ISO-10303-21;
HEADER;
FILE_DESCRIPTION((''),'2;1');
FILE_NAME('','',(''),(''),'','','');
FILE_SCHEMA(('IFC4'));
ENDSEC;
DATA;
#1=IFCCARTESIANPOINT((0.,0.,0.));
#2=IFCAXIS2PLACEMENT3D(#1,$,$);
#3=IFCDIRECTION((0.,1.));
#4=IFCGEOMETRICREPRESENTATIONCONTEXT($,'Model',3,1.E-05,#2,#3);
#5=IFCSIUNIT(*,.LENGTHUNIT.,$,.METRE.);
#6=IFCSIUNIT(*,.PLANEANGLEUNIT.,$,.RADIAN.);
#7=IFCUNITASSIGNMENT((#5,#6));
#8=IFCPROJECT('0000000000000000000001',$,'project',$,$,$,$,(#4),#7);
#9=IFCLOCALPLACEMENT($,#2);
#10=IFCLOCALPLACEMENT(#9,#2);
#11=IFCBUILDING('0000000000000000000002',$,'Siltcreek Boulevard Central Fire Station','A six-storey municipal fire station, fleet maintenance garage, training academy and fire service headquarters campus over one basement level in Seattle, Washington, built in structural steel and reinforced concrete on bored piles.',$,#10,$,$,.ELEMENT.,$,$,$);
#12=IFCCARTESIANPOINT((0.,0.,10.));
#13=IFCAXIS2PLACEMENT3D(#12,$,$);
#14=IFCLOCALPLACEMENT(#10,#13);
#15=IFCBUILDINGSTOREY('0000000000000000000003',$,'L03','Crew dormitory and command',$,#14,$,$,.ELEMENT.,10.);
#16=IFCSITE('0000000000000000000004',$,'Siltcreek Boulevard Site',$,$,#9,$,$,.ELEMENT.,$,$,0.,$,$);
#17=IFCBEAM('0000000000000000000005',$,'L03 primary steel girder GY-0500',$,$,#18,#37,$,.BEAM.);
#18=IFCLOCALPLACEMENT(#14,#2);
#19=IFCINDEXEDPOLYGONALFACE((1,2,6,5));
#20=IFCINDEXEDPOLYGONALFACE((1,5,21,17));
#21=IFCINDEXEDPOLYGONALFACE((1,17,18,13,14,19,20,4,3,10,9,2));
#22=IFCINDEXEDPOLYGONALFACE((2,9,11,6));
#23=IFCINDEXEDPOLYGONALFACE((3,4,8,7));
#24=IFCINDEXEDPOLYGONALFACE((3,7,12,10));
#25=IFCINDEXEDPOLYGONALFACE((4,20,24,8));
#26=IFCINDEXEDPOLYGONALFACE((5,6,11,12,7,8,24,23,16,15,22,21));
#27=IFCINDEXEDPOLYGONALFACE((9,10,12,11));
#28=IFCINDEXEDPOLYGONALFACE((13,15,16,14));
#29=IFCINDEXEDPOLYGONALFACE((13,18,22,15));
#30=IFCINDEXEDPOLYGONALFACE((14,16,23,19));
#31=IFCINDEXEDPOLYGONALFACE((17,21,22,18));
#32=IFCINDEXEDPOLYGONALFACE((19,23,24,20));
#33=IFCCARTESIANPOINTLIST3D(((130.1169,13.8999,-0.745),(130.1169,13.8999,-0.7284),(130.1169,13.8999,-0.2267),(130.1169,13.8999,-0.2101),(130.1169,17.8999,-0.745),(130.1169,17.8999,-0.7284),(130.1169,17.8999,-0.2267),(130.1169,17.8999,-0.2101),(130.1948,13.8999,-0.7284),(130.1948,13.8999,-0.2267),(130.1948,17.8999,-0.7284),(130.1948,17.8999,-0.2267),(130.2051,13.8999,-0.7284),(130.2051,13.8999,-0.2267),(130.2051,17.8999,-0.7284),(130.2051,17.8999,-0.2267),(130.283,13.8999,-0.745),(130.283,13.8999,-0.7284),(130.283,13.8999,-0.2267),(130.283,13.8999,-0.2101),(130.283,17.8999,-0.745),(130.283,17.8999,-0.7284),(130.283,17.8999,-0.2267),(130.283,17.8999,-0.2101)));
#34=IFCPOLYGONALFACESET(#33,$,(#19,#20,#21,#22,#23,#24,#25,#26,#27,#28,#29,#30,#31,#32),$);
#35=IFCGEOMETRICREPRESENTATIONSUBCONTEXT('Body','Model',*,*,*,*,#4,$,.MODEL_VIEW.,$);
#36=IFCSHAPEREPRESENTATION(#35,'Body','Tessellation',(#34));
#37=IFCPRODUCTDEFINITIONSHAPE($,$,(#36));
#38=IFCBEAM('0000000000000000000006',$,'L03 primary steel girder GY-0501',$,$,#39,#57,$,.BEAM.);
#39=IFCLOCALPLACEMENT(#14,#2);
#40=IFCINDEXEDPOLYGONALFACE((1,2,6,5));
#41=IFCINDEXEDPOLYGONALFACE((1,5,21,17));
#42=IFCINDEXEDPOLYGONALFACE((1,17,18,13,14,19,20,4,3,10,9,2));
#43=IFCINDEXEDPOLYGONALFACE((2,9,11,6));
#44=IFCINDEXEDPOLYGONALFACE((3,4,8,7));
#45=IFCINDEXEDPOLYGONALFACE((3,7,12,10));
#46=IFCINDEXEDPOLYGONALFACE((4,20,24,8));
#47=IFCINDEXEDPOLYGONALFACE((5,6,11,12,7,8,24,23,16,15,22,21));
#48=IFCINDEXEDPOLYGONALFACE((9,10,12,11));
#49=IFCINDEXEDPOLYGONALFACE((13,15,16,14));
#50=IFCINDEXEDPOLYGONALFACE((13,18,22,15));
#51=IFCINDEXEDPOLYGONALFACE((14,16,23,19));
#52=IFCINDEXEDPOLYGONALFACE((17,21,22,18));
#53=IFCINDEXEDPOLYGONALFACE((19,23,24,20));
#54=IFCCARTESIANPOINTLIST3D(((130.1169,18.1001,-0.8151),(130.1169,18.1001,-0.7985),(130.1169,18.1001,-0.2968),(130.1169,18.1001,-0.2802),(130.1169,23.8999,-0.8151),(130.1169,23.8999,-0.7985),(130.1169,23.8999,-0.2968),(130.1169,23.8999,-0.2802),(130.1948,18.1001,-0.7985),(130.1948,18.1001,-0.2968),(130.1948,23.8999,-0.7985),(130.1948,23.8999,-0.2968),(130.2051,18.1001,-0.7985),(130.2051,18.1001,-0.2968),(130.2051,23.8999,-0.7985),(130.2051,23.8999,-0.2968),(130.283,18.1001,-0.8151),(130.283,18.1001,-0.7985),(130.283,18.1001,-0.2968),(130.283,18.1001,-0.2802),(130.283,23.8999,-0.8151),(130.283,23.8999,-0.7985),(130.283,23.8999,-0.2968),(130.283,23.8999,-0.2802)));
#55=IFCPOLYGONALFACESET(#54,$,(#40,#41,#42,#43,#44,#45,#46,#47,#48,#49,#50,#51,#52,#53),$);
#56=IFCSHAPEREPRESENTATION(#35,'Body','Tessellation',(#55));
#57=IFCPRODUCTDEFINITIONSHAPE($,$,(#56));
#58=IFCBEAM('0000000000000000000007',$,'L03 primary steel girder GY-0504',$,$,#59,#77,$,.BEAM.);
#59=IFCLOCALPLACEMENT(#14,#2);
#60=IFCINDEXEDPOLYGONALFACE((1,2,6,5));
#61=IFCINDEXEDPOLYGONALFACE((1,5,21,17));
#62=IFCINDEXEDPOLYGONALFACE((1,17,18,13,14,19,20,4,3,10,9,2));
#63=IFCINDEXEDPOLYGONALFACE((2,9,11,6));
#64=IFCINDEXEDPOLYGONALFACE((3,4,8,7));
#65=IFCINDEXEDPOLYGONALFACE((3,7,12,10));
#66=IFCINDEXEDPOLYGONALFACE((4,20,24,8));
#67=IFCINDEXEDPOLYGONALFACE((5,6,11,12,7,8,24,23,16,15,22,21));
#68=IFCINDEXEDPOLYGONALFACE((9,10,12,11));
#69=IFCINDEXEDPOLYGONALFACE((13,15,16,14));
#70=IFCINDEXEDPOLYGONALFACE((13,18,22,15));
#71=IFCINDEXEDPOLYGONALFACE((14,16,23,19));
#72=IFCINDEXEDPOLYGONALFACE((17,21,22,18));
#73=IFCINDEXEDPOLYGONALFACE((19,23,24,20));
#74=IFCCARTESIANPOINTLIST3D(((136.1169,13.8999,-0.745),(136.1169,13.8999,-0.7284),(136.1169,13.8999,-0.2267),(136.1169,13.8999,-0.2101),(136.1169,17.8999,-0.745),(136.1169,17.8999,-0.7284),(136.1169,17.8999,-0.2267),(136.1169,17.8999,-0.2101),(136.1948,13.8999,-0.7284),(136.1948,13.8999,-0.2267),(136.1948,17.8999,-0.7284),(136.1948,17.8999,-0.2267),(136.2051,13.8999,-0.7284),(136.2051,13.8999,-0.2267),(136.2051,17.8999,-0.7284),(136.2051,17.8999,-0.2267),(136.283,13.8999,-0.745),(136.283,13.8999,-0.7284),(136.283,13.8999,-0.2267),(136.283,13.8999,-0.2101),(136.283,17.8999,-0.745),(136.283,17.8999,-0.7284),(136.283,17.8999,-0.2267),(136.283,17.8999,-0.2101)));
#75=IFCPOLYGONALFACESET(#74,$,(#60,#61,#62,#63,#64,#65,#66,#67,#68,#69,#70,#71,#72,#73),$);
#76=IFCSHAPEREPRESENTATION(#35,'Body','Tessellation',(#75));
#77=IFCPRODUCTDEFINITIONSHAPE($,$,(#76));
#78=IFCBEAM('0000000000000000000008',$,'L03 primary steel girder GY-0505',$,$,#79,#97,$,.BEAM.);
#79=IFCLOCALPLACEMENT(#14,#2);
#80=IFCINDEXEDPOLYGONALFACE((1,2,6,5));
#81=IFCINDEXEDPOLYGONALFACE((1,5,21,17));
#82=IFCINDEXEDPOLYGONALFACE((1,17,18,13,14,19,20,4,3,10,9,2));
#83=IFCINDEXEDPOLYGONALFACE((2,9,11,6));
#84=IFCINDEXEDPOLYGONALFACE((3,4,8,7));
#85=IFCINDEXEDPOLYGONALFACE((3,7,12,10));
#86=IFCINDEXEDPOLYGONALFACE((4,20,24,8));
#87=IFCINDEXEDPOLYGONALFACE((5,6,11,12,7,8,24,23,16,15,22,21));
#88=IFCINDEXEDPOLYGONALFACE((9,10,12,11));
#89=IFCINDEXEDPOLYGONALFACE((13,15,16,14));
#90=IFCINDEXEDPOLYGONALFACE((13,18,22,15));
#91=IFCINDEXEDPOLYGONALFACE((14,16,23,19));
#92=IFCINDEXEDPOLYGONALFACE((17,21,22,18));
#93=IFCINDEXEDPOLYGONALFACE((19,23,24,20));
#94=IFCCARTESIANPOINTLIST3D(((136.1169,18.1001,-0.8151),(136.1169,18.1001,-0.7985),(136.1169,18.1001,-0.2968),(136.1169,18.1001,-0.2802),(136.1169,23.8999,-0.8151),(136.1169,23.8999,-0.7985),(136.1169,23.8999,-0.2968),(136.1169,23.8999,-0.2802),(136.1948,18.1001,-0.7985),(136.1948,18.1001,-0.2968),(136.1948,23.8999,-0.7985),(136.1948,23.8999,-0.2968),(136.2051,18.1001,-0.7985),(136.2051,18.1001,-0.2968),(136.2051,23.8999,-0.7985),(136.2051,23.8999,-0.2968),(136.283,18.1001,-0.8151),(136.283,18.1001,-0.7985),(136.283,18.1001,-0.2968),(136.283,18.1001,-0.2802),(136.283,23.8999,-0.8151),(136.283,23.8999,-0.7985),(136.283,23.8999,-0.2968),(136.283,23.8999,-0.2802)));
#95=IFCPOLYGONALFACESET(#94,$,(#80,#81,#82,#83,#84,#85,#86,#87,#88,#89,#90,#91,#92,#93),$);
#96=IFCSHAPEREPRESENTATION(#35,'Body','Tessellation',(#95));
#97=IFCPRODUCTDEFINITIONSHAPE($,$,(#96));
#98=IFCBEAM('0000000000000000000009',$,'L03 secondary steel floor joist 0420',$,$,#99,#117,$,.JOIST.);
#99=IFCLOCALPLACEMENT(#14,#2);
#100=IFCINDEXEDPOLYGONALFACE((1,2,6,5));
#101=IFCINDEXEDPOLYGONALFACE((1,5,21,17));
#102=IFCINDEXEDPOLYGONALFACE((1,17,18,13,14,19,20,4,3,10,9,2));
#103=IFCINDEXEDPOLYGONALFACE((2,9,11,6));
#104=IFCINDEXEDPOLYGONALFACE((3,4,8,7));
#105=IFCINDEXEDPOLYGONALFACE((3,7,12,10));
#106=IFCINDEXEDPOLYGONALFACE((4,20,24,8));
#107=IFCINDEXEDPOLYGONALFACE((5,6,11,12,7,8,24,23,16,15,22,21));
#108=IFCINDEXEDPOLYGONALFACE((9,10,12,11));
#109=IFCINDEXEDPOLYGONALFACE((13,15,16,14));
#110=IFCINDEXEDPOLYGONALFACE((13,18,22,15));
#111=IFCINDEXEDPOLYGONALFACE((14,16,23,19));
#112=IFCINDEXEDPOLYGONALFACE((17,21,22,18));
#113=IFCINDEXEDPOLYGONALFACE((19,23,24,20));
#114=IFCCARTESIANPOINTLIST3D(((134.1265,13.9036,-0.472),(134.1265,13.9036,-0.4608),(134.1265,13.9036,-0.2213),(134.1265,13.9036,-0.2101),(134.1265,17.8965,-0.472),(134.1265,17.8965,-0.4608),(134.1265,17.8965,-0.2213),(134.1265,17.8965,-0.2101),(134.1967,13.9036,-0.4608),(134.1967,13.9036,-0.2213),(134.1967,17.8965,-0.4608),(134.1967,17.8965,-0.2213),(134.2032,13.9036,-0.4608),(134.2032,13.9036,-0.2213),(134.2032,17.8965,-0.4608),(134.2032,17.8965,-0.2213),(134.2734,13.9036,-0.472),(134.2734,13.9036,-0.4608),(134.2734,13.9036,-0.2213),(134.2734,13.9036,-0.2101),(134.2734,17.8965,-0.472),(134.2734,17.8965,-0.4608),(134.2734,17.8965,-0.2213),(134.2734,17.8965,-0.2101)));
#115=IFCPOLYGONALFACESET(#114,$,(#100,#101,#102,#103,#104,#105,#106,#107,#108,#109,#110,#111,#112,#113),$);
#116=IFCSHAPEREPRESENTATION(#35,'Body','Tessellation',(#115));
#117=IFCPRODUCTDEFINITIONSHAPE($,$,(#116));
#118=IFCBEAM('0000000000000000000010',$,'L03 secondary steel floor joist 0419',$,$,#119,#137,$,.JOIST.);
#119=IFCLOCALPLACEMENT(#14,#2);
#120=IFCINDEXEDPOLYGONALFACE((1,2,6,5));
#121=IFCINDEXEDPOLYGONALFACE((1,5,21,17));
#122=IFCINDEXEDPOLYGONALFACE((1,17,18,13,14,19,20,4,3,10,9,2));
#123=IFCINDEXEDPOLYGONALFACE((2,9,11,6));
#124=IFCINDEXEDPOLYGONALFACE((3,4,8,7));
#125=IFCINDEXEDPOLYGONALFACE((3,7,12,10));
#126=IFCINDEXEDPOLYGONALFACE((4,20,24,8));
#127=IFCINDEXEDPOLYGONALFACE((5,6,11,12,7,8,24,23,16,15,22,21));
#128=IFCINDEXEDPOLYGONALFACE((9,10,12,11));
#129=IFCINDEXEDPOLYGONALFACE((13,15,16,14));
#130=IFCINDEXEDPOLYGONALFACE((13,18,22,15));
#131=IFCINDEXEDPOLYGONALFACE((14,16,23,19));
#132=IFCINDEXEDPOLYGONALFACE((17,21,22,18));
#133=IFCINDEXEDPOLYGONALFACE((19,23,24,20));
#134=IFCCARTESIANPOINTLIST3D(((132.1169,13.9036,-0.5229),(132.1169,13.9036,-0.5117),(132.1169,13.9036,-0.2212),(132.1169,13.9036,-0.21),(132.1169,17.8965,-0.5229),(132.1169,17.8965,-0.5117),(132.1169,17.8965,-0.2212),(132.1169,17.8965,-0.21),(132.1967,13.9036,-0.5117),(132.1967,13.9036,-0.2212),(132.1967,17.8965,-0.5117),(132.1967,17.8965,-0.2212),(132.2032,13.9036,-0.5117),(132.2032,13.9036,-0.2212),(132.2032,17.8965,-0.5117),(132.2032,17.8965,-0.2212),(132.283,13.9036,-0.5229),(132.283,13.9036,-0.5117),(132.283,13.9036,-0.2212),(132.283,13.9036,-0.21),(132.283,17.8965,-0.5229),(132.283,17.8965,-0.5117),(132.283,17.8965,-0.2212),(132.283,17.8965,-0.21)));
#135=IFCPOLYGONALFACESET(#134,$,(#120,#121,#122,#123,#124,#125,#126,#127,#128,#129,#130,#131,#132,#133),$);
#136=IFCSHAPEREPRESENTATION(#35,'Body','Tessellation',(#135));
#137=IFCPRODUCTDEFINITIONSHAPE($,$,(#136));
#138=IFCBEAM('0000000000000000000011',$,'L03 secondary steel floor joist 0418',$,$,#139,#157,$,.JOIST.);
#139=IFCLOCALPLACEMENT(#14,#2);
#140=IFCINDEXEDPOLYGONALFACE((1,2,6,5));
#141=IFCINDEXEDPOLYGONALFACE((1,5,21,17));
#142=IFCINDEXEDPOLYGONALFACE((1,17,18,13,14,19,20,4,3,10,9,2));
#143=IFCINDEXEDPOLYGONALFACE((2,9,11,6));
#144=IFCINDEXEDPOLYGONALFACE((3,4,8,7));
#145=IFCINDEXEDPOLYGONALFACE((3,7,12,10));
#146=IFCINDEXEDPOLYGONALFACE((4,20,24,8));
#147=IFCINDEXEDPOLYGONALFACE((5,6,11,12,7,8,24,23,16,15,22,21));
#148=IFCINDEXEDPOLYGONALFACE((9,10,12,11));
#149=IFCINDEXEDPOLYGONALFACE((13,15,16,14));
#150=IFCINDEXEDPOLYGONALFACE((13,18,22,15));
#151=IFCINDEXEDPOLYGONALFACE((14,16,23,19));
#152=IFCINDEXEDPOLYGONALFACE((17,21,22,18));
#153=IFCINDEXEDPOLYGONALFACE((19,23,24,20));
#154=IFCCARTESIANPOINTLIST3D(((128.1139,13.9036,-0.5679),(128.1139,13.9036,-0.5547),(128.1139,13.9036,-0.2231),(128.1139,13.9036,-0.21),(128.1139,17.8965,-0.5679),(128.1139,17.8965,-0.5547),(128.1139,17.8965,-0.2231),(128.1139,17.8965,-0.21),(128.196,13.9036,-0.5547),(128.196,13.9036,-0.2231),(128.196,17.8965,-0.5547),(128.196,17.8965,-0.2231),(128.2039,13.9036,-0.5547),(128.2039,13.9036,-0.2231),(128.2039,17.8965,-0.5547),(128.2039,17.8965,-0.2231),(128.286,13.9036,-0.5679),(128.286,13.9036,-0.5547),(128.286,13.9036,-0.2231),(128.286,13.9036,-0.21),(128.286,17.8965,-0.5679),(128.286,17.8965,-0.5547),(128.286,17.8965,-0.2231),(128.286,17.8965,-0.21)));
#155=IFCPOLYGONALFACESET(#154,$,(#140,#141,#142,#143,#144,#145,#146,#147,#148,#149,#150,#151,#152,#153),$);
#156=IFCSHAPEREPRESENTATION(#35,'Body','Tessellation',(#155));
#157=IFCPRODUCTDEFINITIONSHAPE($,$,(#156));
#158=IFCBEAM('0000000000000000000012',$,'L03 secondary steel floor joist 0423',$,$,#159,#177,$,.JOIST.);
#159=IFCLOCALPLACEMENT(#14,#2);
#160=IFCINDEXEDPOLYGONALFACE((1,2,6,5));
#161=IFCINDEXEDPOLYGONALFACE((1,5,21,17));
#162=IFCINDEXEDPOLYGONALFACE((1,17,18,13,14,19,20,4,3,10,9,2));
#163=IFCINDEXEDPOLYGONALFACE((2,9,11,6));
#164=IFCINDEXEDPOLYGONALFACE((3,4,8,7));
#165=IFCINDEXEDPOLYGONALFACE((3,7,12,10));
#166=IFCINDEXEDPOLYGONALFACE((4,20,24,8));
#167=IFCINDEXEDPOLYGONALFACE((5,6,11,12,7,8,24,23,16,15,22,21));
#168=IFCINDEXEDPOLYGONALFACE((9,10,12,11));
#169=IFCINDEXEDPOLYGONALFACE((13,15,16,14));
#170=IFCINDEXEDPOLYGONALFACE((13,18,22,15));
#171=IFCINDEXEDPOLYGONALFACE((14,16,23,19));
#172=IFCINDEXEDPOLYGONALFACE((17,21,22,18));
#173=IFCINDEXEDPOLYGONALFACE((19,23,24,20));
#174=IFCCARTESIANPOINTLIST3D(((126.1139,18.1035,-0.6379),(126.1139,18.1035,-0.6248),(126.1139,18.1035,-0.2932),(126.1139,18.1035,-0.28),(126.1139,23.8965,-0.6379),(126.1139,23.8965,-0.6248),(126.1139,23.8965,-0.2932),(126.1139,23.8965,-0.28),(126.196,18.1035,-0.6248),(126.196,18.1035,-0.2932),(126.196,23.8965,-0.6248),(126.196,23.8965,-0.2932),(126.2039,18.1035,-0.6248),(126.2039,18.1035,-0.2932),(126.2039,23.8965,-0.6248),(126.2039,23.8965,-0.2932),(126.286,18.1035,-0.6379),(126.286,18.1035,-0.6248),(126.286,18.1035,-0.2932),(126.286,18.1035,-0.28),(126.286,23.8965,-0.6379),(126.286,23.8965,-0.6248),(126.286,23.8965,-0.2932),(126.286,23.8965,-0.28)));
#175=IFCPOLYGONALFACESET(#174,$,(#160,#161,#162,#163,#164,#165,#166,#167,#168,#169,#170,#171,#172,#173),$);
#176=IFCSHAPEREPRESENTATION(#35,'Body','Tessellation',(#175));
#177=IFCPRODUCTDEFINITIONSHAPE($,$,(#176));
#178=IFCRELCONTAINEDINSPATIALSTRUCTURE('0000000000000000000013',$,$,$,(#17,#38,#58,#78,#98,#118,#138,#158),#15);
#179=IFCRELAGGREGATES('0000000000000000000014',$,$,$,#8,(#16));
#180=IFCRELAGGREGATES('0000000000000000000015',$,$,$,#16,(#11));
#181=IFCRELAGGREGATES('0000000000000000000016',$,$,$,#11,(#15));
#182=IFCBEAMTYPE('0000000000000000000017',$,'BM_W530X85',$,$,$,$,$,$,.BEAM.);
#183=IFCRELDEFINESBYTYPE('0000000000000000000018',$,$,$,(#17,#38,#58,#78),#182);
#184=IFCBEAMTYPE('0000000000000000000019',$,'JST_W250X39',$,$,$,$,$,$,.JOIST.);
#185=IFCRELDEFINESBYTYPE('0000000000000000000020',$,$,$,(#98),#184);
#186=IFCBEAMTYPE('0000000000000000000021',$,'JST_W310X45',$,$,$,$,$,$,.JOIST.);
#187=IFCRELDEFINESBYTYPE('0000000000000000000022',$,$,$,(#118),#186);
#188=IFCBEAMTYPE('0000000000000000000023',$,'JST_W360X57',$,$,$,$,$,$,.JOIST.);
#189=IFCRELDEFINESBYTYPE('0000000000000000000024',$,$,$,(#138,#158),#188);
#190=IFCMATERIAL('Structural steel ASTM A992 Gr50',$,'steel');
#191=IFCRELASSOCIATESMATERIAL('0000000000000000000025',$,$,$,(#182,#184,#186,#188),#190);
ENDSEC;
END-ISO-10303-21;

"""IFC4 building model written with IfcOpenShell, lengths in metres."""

from ifc_helpers import new_model, si_unit, direction, frame, origin, origin_2d, place, context, subcontext, project, spatial, i_section, extrude, material, material_profile, profile_set, type_object, element, save


model = new_model("IFC4")

# Units and contexts
model_context = context("Model", 3, precision=1e-05, world=origin(), true_north=direction((0.0, 1.0)))
body_context = subcontext(model_context, "Body", "Model", "MODEL_VIEW")
ifc_project = project(units=[si_unit("LENGTHUNIT", "METRE"), si_unit("PLANEANGLEUNIT", "RADIAN")], contexts=[model_context])

# Site, building, storey
site_placement = place(None, origin())
site = spatial("IfcSite", under=ifc_project, at=site_placement, Name="Siltcreek Boulevard Site", CompositionType="ELEMENT", RefElevation=0.0)
building_placement = place(site_placement, origin())
building = spatial("IfcBuilding", under=site, at=building_placement, Name="Siltcreek Boulevard Central Fire Station", Description="A six-storey municipal fire station, fleet maintenance garage, training academy and fire service headquarters campus over one basement level in Seattle, Washington, built in structural steel and reinforced concrete on bored piles.", CompositionType="ELEMENT")
storey_placement = place(building_placement, frame((0.0, 0.0, 10.0)))
storey = spatial("IfcBuildingStorey", under=building, at=storey_placement, Name="L03", Description="Crew dormitory and command", CompositionType="ELEMENT", Elevation=10.0)

# Shared definitions
ifc_material_1 = material(Name="Structural steel ASTM A992 Gr50", Category="steel")

# Beams
ifc_material_profile_1 = material_profile(ifc_material_1, i_section(OverallWidth=0.166, OverallDepth=0.5349, WebThickness=0.0103, FlangeThickness=0.0166, at=origin_2d()), Name="W530X85")
ifc_profile_set_1 = profile_set([ifc_material_profile_1], Name="Structural steel ASTM A992 Gr50")
beam_type_1 = type_object("IfcBeamType", Name="BM_W530X85", PredefinedType="BEAM", material=ifc_profile_set_1)
for number, where, z_axis, x_axis, name in (
    (1, (130.2, 13.8999, -0.4775), (0.0, 1.0, 0.0), (-1.0, 0.0, 0.0), "L03 primary steel girder GY-0500"),
):
    element("IfcBeam", number, at=place(storey_placement, frame(where, z_axis=z_axis, x_axis=x_axis)), inside=storey, type_object=beam_type_1, Name=name, PredefinedType="BEAM", context=body_context, shape_type="SweptSolid", body=[
        extrude(i_section(OverallWidth=0.166, OverallDepth=0.5349, WebThickness=0.0103, FlangeThickness=0.0166, at=origin_2d()), origin(), (0.0, 0.0, 1.0), 4.0),
    ])
beam_1_placement = place(storey_placement, frame((130.2, 18.1001, -0.5476), z_axis=(0.0, 1.0, 0.0), x_axis=(-1.0, 0.0, 0.0)))
element("IfcBeam", 2, at=beam_1_placement, inside=storey, type_object=beam_type_1, Name="L03 primary steel girder GY-0501", PredefinedType="BEAM", context=body_context, shape_type="SweptSolid", body=[
    extrude(i_section(OverallWidth=0.166, OverallDepth=0.5349, WebThickness=0.0103, FlangeThickness=0.0166, at=origin_2d()), origin(), (0.0, 0.0, 1.0), 5.7998),
])
beam_2_placement = place(storey_placement, frame((136.2, 13.8999, -0.4775), z_axis=(0.0, 1.0, 0.0), x_axis=(-1.0, 0.0, 0.0)))
element("IfcBeam", 3, at=beam_2_placement, inside=storey, type_object=beam_type_1, Name="L03 primary steel girder GY-0504", PredefinedType="BEAM", context=body_context, shape_type="SweptSolid", body=[
    extrude(i_section(OverallWidth=0.166, OverallDepth=0.5349, WebThickness=0.0103, FlangeThickness=0.0166, at=origin_2d()), origin(), (0.0, 0.0, 1.0), 4.0),
])
beam_3_placement = place(storey_placement, frame((136.2, 18.1001, -0.5476), z_axis=(0.0, 1.0, 0.0), x_axis=(-1.0, 0.0, 0.0)))
element("IfcBeam", 4, at=beam_3_placement, inside=storey, type_object=beam_type_1, Name="L03 primary steel girder GY-0505", PredefinedType="BEAM", context=body_context, shape_type="SweptSolid", body=[
    extrude(i_section(OverallWidth=0.166, OverallDepth=0.5349, WebThickness=0.0103, FlangeThickness=0.0166, at=origin_2d()), origin(), (0.0, 0.0, 1.0), 5.7998),
])
ifc_material_profile_2 = material_profile(ifc_material_1, i_section(OverallWidth=0.147, OverallDepth=0.262, WebThickness=0.0066, FlangeThickness=0.0112, at=origin_2d()), Name="W250X39")
ifc_profile_set_2 = profile_set([ifc_material_profile_2], Name="Structural steel ASTM A992 Gr50")
beam_type_2 = type_object("IfcBeamType", Name="JST_W250X39", PredefinedType="JOIST", material=ifc_profile_set_2)
beam_4_placement = place(storey_placement, frame((134.2, 13.9036, -0.3411), z_axis=(0.0, 1.0, 0.0), x_axis=(-1.0, 0.0, 0.0)))
element("IfcBeam", 5, at=beam_4_placement, inside=storey, type_object=beam_type_2, Name="L03 secondary steel floor joist 0420", PredefinedType="JOIST", context=body_context, shape_type="SweptSolid", body=[
    extrude(i_section(OverallWidth=0.147, OverallDepth=0.262, WebThickness=0.0066, FlangeThickness=0.0112, at=origin_2d()), origin(), (0.0, 0.0, 1.0), 3.9929),
])
ifc_material_profile_3 = material_profile(ifc_material_1, i_section(OverallWidth=0.166, OverallDepth=0.313, WebThickness=0.0066, FlangeThickness=0.0112, at=origin_2d()), Name="W310X45")
ifc_profile_set_3 = profile_set([ifc_material_profile_3], Name="Structural steel ASTM A992 Gr50")
beam_type_3 = type_object("IfcBeamType", Name="JST_W310X45", PredefinedType="JOIST", material=ifc_profile_set_3)
beam_5_placement = place(storey_placement, frame((132.2, 13.9036, -0.3665), z_axis=(0.0, 1.0, 0.0), x_axis=(-1.0, 0.0, 0.0)))
element("IfcBeam", 6, at=beam_5_placement, inside=storey, type_object=beam_type_3, Name="L03 secondary steel floor joist 0419", PredefinedType="JOIST", context=body_context, shape_type="SweptSolid", body=[
    extrude(i_section(OverallWidth=0.166, OverallDepth=0.313, WebThickness=0.0066, FlangeThickness=0.0112, at=origin_2d()), origin(), (0.0, 0.0, 1.0), 3.9929),
])
ifc_material_profile_4 = material_profile(ifc_material_1, i_section(OverallWidth=0.1721, OverallDepth=0.3579, WebThickness=0.0078, FlangeThickness=0.0132, at=origin_2d()), Name="W360X57")
ifc_profile_set_4 = profile_set([ifc_material_profile_4], Name="Structural steel ASTM A992 Gr50")
beam_type_4 = type_object("IfcBeamType", Name="JST_W360X57", PredefinedType="JOIST", material=ifc_profile_set_4)
beam_6_placement = place(storey_placement, frame((128.2, 13.9036, -0.3889), z_axis=(0.0, 1.0, 0.0), x_axis=(-1.0, 0.0, 0.0)))
element("IfcBeam", 7, at=beam_6_placement, inside=storey, type_object=beam_type_4, Name="L03 secondary steel floor joist 0418", PredefinedType="JOIST", context=body_context, shape_type="SweptSolid", body=[
    extrude(i_section(OverallWidth=0.1721, OverallDepth=0.3579, WebThickness=0.0078, FlangeThickness=0.0132, at=origin_2d()), origin(), (0.0, 0.0, 1.0), 3.9929),
])
beam_7_placement = place(storey_placement, frame((126.2, 18.1035, -0.459), z_axis=(0.0, 1.0, 0.0), x_axis=(-1.0, 0.0, 0.0)))
element("IfcBeam", 8, at=beam_7_placement, inside=storey, type_object=beam_type_4, Name="L03 secondary steel floor joist 0423", PredefinedType="JOIST", context=body_context, shape_type="SweptSolid", body=[
    extrude(i_section(OverallWidth=0.1721, OverallDepth=0.3579, WebThickness=0.0078, FlangeThickness=0.0132, at=origin_2d()), origin(), (0.0, 0.0, 1.0), 5.793),
])

save(model, "model.ifc")
